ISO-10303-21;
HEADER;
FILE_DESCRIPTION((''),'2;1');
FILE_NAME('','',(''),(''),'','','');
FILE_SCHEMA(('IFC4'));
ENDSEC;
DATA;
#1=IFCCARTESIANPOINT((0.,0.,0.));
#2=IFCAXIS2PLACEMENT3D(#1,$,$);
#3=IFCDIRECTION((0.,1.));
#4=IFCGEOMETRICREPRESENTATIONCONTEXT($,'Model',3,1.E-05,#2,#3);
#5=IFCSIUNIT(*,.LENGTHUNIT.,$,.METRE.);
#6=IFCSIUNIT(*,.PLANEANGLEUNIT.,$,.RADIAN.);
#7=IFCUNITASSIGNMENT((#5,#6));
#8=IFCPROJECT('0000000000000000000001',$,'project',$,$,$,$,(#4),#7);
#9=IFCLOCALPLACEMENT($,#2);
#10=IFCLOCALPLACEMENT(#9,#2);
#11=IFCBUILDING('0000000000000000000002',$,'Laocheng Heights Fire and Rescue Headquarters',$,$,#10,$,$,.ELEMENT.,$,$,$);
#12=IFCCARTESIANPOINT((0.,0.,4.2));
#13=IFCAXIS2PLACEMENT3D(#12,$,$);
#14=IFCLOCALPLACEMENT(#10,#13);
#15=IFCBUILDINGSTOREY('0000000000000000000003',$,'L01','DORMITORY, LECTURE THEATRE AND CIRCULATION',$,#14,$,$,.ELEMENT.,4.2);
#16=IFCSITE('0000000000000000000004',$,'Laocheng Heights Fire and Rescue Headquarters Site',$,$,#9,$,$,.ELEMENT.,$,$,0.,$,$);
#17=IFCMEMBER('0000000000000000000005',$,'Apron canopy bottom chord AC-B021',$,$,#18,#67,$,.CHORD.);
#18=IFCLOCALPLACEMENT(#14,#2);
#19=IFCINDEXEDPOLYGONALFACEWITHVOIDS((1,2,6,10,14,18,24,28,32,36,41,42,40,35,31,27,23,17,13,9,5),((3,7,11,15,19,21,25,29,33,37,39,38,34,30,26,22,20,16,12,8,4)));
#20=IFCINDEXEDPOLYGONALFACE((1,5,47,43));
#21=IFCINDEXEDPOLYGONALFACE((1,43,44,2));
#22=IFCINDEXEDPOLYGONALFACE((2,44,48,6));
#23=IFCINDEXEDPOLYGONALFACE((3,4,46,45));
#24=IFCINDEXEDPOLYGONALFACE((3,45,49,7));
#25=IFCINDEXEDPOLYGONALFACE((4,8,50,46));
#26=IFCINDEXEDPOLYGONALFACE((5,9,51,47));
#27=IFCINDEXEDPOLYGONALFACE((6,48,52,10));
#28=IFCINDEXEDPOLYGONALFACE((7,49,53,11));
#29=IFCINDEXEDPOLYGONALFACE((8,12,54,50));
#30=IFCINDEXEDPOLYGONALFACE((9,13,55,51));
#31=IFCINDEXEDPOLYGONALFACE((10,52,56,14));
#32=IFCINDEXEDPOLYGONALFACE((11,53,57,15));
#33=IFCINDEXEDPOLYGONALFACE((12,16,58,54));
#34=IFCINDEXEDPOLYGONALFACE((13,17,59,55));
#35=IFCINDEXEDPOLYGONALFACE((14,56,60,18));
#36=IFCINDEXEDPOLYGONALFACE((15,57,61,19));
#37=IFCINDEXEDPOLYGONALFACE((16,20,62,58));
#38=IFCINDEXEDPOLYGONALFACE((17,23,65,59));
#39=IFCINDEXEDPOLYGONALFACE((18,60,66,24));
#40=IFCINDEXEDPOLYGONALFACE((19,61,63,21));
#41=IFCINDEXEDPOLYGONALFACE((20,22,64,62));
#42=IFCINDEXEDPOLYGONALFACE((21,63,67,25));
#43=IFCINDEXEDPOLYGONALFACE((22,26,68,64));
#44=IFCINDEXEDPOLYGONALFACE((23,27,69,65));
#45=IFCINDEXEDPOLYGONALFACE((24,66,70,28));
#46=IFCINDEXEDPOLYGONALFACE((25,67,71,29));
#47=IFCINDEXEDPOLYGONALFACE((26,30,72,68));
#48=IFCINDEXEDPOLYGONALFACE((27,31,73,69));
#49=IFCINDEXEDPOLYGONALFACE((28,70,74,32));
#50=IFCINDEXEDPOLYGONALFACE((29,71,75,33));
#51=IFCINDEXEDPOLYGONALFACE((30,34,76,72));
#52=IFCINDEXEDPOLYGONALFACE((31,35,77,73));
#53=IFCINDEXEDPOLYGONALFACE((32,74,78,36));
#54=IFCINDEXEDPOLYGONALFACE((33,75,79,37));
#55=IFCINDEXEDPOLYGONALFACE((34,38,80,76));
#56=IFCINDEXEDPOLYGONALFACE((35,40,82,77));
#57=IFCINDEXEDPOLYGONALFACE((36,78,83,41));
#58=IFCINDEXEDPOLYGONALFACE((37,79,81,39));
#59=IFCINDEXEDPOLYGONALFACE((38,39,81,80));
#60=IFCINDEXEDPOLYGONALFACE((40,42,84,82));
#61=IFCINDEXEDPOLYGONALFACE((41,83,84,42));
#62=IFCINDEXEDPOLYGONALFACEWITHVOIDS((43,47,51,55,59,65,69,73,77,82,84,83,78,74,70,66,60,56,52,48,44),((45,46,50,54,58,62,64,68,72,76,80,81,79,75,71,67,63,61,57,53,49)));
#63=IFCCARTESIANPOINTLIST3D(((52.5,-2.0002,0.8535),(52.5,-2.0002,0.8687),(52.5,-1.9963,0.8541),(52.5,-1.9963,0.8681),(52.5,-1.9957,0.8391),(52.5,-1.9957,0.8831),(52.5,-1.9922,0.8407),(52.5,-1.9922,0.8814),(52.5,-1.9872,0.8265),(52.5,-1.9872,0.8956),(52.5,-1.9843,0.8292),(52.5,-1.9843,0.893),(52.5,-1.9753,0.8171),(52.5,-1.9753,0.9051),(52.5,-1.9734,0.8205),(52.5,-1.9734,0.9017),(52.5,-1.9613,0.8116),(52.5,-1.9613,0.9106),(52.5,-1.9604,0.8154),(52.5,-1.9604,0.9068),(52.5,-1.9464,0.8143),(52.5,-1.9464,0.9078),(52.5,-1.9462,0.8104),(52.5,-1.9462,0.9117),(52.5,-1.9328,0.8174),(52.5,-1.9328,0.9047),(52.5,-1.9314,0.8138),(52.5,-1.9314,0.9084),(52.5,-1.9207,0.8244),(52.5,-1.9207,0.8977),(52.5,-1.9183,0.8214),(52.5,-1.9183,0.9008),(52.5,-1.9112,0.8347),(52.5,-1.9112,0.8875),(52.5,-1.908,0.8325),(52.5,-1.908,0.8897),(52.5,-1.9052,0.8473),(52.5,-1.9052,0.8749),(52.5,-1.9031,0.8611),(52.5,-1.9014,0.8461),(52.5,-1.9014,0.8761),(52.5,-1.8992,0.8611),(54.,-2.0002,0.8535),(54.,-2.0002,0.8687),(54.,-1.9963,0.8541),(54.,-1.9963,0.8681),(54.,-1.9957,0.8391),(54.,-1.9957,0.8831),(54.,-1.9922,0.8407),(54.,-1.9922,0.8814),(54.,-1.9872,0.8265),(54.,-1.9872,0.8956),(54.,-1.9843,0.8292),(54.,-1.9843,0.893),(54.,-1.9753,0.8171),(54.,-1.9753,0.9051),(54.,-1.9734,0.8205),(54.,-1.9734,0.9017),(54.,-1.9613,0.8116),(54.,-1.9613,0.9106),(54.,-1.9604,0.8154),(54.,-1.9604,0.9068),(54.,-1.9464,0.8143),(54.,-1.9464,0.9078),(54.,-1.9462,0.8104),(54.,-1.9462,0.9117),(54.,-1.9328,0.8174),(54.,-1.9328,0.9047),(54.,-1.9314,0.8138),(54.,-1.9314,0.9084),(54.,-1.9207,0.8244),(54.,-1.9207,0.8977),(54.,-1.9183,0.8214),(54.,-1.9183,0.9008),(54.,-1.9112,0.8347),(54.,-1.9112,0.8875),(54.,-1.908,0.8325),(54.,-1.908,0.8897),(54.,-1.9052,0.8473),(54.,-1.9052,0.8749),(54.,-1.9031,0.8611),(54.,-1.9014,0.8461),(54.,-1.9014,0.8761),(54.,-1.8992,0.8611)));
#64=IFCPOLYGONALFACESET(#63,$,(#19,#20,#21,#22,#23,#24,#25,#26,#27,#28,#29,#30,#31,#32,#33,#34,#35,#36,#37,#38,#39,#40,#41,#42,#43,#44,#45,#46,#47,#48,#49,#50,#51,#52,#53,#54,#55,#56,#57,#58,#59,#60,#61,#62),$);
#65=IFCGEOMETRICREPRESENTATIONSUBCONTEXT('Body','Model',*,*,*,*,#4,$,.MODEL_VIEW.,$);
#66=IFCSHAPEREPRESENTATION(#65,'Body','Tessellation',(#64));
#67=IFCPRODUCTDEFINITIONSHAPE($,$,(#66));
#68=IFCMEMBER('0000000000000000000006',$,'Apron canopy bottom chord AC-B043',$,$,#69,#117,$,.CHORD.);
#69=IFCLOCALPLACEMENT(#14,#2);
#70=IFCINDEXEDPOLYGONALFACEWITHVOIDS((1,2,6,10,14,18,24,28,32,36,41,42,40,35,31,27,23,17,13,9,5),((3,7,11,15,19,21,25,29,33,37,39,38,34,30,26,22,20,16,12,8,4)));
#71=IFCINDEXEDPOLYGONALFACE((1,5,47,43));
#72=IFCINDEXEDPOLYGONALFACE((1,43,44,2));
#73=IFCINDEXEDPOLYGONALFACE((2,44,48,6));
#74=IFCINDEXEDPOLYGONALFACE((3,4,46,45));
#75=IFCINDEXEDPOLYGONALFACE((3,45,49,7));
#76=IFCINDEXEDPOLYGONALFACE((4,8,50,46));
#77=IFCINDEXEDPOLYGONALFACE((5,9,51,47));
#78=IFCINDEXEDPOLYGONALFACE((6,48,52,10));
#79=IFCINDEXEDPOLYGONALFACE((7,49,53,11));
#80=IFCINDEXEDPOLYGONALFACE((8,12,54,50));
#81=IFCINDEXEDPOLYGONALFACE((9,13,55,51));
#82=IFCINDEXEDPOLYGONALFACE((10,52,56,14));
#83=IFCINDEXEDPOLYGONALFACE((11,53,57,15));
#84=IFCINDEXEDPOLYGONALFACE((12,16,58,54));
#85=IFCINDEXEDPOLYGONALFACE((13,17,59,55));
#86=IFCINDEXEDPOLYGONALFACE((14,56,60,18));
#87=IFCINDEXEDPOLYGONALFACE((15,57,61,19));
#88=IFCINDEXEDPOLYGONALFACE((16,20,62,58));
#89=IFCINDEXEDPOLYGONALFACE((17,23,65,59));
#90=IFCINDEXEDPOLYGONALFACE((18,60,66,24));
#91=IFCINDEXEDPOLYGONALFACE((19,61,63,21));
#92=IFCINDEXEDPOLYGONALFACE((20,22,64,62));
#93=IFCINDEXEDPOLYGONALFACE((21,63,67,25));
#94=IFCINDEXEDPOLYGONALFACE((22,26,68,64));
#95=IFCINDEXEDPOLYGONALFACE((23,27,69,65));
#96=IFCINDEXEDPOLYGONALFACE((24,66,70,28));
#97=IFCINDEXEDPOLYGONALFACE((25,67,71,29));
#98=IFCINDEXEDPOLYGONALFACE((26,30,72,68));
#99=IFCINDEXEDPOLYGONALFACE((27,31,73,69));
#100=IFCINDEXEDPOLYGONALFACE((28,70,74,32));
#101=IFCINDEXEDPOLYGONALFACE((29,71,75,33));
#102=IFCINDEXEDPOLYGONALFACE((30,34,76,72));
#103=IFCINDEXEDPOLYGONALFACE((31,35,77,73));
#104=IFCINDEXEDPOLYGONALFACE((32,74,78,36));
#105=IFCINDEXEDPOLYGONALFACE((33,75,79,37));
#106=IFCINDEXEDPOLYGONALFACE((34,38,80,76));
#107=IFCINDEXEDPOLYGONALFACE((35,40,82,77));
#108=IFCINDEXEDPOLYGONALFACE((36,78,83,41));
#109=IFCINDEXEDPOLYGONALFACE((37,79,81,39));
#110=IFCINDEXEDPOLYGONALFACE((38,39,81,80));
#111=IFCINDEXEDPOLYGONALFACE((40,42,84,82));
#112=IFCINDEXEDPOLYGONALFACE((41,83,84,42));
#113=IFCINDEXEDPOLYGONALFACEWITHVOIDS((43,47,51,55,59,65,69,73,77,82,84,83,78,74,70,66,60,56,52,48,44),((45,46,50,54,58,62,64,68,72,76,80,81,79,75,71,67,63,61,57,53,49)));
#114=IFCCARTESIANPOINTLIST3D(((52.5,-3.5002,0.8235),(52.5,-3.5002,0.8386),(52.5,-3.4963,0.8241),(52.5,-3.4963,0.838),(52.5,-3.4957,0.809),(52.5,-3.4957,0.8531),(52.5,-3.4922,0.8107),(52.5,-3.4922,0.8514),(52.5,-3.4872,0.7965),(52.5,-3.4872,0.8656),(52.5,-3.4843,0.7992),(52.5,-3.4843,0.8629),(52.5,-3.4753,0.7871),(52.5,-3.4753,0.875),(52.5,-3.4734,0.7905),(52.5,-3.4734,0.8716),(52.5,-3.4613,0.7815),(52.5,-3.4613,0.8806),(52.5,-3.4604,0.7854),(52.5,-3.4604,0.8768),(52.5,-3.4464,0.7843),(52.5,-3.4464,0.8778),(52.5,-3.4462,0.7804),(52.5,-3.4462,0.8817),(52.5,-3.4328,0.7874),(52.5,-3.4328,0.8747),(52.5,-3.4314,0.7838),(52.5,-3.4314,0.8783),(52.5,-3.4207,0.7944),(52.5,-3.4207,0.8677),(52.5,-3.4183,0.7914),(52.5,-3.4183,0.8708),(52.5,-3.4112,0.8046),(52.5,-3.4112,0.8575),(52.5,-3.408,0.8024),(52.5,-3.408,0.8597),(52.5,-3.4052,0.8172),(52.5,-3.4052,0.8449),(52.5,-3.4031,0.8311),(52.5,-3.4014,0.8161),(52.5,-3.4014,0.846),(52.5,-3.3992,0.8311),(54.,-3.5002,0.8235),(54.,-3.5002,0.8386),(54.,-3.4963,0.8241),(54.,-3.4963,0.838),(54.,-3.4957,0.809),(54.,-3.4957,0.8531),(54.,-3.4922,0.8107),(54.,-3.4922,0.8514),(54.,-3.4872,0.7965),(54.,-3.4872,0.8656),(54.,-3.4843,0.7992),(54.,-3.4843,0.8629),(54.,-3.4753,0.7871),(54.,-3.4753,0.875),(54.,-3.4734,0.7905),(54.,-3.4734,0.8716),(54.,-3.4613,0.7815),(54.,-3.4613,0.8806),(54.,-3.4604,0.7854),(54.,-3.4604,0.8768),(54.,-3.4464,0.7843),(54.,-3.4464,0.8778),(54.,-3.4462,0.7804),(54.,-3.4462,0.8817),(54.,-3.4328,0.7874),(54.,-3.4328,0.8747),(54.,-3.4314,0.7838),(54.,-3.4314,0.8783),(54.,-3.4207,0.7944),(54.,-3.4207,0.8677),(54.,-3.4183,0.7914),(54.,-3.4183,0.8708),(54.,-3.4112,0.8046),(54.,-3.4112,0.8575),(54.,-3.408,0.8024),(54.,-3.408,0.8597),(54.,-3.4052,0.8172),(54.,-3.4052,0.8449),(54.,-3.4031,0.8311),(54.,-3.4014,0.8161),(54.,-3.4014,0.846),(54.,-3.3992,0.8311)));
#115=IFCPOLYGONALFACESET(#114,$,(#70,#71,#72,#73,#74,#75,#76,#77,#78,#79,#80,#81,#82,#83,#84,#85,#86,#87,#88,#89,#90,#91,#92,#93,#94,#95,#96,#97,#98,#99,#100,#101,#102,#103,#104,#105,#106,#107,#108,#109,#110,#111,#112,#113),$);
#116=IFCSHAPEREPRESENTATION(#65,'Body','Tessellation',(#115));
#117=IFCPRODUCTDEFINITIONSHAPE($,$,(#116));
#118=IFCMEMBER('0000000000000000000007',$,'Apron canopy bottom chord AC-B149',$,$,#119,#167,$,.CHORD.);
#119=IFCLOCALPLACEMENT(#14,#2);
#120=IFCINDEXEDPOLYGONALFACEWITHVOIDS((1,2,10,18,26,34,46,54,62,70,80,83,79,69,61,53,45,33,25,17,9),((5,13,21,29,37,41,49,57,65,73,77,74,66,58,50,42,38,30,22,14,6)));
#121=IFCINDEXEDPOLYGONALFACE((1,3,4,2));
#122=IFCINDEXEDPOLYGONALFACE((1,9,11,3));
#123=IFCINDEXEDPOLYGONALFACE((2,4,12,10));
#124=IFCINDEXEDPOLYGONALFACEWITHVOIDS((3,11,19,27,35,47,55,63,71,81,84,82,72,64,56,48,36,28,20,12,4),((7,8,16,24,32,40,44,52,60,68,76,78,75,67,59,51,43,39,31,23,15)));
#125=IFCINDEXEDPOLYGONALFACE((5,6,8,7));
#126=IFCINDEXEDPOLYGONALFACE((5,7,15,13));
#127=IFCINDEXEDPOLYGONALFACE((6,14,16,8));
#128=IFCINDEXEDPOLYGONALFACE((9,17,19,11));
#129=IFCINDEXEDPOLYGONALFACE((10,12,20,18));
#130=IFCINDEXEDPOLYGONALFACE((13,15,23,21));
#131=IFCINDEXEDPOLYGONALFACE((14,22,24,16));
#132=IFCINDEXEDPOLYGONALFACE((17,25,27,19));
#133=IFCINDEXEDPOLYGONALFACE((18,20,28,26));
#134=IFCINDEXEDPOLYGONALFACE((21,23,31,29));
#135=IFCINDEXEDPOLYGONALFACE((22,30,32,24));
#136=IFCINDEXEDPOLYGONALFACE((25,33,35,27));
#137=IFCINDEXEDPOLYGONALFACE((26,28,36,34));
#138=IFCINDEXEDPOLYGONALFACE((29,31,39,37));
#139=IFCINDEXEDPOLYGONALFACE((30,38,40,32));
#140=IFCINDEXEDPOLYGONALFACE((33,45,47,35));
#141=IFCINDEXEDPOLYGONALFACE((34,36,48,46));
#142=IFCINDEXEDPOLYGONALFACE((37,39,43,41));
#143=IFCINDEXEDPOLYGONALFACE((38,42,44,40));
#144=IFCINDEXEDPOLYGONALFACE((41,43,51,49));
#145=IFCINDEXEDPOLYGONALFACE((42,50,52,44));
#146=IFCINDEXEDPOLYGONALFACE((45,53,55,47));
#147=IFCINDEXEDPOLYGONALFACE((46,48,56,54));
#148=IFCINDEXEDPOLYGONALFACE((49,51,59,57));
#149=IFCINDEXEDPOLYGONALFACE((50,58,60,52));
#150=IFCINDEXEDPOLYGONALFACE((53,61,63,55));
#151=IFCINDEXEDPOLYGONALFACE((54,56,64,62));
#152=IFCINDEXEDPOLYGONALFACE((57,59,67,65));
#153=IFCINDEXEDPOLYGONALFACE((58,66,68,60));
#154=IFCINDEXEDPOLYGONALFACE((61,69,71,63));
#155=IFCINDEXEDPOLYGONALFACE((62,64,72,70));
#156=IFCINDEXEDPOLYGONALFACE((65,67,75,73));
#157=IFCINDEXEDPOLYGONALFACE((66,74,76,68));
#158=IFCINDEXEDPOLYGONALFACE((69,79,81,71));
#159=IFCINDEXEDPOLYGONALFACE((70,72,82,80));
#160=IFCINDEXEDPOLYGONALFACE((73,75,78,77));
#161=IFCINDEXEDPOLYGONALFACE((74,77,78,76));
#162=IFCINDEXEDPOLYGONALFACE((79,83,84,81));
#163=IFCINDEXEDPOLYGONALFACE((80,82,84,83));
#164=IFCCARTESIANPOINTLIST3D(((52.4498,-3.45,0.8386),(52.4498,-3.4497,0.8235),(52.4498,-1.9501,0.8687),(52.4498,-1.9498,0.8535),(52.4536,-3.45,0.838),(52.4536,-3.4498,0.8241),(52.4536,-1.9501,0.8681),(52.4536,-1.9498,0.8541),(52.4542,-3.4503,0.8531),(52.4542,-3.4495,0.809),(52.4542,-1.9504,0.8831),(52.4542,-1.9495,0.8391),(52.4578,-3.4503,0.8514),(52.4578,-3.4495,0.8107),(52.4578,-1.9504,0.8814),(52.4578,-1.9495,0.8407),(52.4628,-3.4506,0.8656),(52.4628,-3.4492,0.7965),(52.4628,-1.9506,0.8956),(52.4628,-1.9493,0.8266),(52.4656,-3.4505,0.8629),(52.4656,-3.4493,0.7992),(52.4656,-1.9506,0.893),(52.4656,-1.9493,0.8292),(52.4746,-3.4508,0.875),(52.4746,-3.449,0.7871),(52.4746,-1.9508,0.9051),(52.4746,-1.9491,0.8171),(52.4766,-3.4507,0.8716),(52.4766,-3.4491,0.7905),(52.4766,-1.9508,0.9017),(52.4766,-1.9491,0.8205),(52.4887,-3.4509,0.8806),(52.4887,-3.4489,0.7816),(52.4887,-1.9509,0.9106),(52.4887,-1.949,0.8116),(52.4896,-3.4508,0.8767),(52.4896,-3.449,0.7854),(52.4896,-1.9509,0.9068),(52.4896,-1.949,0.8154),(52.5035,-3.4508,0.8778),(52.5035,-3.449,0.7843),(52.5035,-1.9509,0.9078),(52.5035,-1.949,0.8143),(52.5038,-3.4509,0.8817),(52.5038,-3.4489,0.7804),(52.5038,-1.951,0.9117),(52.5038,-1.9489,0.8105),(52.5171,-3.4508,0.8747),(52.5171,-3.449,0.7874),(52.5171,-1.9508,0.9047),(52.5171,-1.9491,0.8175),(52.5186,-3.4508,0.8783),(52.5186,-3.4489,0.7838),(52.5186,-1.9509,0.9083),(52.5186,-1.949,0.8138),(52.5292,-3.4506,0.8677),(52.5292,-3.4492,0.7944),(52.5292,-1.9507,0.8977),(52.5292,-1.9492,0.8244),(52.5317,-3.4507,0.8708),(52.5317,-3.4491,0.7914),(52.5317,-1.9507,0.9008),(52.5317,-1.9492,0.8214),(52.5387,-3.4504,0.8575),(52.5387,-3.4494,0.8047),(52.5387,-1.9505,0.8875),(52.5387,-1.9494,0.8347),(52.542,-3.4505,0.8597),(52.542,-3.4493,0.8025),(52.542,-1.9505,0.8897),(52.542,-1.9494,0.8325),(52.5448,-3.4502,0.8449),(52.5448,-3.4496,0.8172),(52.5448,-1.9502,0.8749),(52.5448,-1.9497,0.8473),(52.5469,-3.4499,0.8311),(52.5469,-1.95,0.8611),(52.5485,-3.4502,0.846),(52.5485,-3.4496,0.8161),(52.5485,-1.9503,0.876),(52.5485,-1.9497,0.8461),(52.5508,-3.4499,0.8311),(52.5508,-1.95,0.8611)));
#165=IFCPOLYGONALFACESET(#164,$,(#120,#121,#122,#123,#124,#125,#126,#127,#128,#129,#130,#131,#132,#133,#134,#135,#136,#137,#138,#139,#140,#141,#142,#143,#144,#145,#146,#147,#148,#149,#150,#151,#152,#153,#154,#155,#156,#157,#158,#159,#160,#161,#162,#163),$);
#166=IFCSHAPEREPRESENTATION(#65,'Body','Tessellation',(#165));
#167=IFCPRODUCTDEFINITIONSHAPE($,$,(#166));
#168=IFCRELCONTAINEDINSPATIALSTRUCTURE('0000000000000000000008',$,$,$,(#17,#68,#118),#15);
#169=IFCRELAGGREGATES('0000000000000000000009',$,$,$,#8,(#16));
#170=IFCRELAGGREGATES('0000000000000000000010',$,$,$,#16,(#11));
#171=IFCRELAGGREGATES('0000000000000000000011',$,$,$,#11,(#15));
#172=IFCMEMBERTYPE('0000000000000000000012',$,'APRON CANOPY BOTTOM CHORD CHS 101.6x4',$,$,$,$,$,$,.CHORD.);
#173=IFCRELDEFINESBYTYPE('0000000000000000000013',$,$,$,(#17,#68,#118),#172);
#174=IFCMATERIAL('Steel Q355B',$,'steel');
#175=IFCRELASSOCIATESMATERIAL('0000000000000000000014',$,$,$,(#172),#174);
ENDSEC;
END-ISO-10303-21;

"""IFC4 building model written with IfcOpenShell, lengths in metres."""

from ifc_helpers import new_model, si_unit, direction, frame, origin, origin_2d, place, context, subcontext, project, spatial, hollow_circle, extrude, material, material_profile, profile_set, type_object, element, save


model = new_model("IFC4")

# Units and contexts
model_context = context("Model", 3, precision=1e-05, world=origin(), true_north=direction((0.0, 1.0)))
body_context = subcontext(model_context, "Body", "Model", "MODEL_VIEW")
ifc_project = project(units=[si_unit("LENGTHUNIT", "METRE"), si_unit("PLANEANGLEUNIT", "RADIAN")], contexts=[model_context])

# Site, building, storey
site_placement = place(None, origin())
site = spatial("IfcSite", under=ifc_project, at=site_placement, Name="Laocheng Heights Fire and Rescue Headquarters Site", CompositionType="ELEMENT", RefElevation=0.0)
building_placement = place(site_placement, origin())
building = spatial("IfcBuilding", under=site, at=building_placement, Name="Laocheng Heights Fire and Rescue Headquarters", CompositionType="ELEMENT")
storey_placement = place(building_placement, frame((0.0, 0.0, 4.2)))
storey = spatial("IfcBuildingStorey", under=building, at=storey_placement, Name="L01", Description="DORMITORY, LECTURE THEATRE AND CIRCULATION", CompositionType="ELEMENT", Elevation=4.2)

# Members
ifc_material_1 = material(Name="Steel Q355B", Category="steel")
ifc_material_profile_1 = material_profile(ifc_material_1, hollow_circle(Radius=0.0508, WallThickness=0.0039, at=origin_2d()), Name="CHS 101.6x4")
ifc_profile_set_1 = profile_set([ifc_material_profile_1], Name="Steel Q355B")
member_type_1 = type_object("IfcMemberType", Name="APRON CANOPY BOTTOM CHORD CHS 101.6x4", PredefinedType="CHORD", material=ifc_profile_set_1)
for number, where, z_axis, x_axis, name in (
    (1, (52.5, -1.95, 0.8611), (1.0, 0.0, 0.0), (0.0, 1.0, 0.0), "Apron canopy bottom chord AC-B021"),
    (2, (52.5, -3.45, 0.8311), (1.0, 0.0, 0.0), (0.0, 1.0, 0.0), "Apron canopy bottom chord AC-B043"),
):
    element("IfcMember", number, at=place(storey_placement, frame(where, z_axis=z_axis, x_axis=x_axis)), inside=storey, type_object=member_type_1, Name=name, PredefinedType="CHORD", context=body_context, shape_type="SweptSolid", body=[
        extrude(hollow_circle(Radius=0.0508, WallThickness=0.0039, at=origin_2d()), origin(), (0.0, 0.0, 1.0), 1.5),
    ])
for number, where, z_axis, x_axis, name in (
    (3, (52.5, -1.95, 0.8611), (0.0, -0.9998, -0.020016), (1.0, 0.0, 0.0), "Apron canopy bottom chord AC-B149"),
):
    element("IfcMember", number, at=place(storey_placement, frame(where, z_axis=z_axis, x_axis=x_axis)), inside=storey, type_object=member_type_1, Name=name, PredefinedType="CHORD", context=body_context, shape_type="SweptSolid", body=[
        extrude(hollow_circle(Radius=0.0508, WallThickness=0.0039, at=origin_2d()), origin(), (0.0, 0.0, 1.0), 1.5002),
    ])

save(model, "model.ifc")
